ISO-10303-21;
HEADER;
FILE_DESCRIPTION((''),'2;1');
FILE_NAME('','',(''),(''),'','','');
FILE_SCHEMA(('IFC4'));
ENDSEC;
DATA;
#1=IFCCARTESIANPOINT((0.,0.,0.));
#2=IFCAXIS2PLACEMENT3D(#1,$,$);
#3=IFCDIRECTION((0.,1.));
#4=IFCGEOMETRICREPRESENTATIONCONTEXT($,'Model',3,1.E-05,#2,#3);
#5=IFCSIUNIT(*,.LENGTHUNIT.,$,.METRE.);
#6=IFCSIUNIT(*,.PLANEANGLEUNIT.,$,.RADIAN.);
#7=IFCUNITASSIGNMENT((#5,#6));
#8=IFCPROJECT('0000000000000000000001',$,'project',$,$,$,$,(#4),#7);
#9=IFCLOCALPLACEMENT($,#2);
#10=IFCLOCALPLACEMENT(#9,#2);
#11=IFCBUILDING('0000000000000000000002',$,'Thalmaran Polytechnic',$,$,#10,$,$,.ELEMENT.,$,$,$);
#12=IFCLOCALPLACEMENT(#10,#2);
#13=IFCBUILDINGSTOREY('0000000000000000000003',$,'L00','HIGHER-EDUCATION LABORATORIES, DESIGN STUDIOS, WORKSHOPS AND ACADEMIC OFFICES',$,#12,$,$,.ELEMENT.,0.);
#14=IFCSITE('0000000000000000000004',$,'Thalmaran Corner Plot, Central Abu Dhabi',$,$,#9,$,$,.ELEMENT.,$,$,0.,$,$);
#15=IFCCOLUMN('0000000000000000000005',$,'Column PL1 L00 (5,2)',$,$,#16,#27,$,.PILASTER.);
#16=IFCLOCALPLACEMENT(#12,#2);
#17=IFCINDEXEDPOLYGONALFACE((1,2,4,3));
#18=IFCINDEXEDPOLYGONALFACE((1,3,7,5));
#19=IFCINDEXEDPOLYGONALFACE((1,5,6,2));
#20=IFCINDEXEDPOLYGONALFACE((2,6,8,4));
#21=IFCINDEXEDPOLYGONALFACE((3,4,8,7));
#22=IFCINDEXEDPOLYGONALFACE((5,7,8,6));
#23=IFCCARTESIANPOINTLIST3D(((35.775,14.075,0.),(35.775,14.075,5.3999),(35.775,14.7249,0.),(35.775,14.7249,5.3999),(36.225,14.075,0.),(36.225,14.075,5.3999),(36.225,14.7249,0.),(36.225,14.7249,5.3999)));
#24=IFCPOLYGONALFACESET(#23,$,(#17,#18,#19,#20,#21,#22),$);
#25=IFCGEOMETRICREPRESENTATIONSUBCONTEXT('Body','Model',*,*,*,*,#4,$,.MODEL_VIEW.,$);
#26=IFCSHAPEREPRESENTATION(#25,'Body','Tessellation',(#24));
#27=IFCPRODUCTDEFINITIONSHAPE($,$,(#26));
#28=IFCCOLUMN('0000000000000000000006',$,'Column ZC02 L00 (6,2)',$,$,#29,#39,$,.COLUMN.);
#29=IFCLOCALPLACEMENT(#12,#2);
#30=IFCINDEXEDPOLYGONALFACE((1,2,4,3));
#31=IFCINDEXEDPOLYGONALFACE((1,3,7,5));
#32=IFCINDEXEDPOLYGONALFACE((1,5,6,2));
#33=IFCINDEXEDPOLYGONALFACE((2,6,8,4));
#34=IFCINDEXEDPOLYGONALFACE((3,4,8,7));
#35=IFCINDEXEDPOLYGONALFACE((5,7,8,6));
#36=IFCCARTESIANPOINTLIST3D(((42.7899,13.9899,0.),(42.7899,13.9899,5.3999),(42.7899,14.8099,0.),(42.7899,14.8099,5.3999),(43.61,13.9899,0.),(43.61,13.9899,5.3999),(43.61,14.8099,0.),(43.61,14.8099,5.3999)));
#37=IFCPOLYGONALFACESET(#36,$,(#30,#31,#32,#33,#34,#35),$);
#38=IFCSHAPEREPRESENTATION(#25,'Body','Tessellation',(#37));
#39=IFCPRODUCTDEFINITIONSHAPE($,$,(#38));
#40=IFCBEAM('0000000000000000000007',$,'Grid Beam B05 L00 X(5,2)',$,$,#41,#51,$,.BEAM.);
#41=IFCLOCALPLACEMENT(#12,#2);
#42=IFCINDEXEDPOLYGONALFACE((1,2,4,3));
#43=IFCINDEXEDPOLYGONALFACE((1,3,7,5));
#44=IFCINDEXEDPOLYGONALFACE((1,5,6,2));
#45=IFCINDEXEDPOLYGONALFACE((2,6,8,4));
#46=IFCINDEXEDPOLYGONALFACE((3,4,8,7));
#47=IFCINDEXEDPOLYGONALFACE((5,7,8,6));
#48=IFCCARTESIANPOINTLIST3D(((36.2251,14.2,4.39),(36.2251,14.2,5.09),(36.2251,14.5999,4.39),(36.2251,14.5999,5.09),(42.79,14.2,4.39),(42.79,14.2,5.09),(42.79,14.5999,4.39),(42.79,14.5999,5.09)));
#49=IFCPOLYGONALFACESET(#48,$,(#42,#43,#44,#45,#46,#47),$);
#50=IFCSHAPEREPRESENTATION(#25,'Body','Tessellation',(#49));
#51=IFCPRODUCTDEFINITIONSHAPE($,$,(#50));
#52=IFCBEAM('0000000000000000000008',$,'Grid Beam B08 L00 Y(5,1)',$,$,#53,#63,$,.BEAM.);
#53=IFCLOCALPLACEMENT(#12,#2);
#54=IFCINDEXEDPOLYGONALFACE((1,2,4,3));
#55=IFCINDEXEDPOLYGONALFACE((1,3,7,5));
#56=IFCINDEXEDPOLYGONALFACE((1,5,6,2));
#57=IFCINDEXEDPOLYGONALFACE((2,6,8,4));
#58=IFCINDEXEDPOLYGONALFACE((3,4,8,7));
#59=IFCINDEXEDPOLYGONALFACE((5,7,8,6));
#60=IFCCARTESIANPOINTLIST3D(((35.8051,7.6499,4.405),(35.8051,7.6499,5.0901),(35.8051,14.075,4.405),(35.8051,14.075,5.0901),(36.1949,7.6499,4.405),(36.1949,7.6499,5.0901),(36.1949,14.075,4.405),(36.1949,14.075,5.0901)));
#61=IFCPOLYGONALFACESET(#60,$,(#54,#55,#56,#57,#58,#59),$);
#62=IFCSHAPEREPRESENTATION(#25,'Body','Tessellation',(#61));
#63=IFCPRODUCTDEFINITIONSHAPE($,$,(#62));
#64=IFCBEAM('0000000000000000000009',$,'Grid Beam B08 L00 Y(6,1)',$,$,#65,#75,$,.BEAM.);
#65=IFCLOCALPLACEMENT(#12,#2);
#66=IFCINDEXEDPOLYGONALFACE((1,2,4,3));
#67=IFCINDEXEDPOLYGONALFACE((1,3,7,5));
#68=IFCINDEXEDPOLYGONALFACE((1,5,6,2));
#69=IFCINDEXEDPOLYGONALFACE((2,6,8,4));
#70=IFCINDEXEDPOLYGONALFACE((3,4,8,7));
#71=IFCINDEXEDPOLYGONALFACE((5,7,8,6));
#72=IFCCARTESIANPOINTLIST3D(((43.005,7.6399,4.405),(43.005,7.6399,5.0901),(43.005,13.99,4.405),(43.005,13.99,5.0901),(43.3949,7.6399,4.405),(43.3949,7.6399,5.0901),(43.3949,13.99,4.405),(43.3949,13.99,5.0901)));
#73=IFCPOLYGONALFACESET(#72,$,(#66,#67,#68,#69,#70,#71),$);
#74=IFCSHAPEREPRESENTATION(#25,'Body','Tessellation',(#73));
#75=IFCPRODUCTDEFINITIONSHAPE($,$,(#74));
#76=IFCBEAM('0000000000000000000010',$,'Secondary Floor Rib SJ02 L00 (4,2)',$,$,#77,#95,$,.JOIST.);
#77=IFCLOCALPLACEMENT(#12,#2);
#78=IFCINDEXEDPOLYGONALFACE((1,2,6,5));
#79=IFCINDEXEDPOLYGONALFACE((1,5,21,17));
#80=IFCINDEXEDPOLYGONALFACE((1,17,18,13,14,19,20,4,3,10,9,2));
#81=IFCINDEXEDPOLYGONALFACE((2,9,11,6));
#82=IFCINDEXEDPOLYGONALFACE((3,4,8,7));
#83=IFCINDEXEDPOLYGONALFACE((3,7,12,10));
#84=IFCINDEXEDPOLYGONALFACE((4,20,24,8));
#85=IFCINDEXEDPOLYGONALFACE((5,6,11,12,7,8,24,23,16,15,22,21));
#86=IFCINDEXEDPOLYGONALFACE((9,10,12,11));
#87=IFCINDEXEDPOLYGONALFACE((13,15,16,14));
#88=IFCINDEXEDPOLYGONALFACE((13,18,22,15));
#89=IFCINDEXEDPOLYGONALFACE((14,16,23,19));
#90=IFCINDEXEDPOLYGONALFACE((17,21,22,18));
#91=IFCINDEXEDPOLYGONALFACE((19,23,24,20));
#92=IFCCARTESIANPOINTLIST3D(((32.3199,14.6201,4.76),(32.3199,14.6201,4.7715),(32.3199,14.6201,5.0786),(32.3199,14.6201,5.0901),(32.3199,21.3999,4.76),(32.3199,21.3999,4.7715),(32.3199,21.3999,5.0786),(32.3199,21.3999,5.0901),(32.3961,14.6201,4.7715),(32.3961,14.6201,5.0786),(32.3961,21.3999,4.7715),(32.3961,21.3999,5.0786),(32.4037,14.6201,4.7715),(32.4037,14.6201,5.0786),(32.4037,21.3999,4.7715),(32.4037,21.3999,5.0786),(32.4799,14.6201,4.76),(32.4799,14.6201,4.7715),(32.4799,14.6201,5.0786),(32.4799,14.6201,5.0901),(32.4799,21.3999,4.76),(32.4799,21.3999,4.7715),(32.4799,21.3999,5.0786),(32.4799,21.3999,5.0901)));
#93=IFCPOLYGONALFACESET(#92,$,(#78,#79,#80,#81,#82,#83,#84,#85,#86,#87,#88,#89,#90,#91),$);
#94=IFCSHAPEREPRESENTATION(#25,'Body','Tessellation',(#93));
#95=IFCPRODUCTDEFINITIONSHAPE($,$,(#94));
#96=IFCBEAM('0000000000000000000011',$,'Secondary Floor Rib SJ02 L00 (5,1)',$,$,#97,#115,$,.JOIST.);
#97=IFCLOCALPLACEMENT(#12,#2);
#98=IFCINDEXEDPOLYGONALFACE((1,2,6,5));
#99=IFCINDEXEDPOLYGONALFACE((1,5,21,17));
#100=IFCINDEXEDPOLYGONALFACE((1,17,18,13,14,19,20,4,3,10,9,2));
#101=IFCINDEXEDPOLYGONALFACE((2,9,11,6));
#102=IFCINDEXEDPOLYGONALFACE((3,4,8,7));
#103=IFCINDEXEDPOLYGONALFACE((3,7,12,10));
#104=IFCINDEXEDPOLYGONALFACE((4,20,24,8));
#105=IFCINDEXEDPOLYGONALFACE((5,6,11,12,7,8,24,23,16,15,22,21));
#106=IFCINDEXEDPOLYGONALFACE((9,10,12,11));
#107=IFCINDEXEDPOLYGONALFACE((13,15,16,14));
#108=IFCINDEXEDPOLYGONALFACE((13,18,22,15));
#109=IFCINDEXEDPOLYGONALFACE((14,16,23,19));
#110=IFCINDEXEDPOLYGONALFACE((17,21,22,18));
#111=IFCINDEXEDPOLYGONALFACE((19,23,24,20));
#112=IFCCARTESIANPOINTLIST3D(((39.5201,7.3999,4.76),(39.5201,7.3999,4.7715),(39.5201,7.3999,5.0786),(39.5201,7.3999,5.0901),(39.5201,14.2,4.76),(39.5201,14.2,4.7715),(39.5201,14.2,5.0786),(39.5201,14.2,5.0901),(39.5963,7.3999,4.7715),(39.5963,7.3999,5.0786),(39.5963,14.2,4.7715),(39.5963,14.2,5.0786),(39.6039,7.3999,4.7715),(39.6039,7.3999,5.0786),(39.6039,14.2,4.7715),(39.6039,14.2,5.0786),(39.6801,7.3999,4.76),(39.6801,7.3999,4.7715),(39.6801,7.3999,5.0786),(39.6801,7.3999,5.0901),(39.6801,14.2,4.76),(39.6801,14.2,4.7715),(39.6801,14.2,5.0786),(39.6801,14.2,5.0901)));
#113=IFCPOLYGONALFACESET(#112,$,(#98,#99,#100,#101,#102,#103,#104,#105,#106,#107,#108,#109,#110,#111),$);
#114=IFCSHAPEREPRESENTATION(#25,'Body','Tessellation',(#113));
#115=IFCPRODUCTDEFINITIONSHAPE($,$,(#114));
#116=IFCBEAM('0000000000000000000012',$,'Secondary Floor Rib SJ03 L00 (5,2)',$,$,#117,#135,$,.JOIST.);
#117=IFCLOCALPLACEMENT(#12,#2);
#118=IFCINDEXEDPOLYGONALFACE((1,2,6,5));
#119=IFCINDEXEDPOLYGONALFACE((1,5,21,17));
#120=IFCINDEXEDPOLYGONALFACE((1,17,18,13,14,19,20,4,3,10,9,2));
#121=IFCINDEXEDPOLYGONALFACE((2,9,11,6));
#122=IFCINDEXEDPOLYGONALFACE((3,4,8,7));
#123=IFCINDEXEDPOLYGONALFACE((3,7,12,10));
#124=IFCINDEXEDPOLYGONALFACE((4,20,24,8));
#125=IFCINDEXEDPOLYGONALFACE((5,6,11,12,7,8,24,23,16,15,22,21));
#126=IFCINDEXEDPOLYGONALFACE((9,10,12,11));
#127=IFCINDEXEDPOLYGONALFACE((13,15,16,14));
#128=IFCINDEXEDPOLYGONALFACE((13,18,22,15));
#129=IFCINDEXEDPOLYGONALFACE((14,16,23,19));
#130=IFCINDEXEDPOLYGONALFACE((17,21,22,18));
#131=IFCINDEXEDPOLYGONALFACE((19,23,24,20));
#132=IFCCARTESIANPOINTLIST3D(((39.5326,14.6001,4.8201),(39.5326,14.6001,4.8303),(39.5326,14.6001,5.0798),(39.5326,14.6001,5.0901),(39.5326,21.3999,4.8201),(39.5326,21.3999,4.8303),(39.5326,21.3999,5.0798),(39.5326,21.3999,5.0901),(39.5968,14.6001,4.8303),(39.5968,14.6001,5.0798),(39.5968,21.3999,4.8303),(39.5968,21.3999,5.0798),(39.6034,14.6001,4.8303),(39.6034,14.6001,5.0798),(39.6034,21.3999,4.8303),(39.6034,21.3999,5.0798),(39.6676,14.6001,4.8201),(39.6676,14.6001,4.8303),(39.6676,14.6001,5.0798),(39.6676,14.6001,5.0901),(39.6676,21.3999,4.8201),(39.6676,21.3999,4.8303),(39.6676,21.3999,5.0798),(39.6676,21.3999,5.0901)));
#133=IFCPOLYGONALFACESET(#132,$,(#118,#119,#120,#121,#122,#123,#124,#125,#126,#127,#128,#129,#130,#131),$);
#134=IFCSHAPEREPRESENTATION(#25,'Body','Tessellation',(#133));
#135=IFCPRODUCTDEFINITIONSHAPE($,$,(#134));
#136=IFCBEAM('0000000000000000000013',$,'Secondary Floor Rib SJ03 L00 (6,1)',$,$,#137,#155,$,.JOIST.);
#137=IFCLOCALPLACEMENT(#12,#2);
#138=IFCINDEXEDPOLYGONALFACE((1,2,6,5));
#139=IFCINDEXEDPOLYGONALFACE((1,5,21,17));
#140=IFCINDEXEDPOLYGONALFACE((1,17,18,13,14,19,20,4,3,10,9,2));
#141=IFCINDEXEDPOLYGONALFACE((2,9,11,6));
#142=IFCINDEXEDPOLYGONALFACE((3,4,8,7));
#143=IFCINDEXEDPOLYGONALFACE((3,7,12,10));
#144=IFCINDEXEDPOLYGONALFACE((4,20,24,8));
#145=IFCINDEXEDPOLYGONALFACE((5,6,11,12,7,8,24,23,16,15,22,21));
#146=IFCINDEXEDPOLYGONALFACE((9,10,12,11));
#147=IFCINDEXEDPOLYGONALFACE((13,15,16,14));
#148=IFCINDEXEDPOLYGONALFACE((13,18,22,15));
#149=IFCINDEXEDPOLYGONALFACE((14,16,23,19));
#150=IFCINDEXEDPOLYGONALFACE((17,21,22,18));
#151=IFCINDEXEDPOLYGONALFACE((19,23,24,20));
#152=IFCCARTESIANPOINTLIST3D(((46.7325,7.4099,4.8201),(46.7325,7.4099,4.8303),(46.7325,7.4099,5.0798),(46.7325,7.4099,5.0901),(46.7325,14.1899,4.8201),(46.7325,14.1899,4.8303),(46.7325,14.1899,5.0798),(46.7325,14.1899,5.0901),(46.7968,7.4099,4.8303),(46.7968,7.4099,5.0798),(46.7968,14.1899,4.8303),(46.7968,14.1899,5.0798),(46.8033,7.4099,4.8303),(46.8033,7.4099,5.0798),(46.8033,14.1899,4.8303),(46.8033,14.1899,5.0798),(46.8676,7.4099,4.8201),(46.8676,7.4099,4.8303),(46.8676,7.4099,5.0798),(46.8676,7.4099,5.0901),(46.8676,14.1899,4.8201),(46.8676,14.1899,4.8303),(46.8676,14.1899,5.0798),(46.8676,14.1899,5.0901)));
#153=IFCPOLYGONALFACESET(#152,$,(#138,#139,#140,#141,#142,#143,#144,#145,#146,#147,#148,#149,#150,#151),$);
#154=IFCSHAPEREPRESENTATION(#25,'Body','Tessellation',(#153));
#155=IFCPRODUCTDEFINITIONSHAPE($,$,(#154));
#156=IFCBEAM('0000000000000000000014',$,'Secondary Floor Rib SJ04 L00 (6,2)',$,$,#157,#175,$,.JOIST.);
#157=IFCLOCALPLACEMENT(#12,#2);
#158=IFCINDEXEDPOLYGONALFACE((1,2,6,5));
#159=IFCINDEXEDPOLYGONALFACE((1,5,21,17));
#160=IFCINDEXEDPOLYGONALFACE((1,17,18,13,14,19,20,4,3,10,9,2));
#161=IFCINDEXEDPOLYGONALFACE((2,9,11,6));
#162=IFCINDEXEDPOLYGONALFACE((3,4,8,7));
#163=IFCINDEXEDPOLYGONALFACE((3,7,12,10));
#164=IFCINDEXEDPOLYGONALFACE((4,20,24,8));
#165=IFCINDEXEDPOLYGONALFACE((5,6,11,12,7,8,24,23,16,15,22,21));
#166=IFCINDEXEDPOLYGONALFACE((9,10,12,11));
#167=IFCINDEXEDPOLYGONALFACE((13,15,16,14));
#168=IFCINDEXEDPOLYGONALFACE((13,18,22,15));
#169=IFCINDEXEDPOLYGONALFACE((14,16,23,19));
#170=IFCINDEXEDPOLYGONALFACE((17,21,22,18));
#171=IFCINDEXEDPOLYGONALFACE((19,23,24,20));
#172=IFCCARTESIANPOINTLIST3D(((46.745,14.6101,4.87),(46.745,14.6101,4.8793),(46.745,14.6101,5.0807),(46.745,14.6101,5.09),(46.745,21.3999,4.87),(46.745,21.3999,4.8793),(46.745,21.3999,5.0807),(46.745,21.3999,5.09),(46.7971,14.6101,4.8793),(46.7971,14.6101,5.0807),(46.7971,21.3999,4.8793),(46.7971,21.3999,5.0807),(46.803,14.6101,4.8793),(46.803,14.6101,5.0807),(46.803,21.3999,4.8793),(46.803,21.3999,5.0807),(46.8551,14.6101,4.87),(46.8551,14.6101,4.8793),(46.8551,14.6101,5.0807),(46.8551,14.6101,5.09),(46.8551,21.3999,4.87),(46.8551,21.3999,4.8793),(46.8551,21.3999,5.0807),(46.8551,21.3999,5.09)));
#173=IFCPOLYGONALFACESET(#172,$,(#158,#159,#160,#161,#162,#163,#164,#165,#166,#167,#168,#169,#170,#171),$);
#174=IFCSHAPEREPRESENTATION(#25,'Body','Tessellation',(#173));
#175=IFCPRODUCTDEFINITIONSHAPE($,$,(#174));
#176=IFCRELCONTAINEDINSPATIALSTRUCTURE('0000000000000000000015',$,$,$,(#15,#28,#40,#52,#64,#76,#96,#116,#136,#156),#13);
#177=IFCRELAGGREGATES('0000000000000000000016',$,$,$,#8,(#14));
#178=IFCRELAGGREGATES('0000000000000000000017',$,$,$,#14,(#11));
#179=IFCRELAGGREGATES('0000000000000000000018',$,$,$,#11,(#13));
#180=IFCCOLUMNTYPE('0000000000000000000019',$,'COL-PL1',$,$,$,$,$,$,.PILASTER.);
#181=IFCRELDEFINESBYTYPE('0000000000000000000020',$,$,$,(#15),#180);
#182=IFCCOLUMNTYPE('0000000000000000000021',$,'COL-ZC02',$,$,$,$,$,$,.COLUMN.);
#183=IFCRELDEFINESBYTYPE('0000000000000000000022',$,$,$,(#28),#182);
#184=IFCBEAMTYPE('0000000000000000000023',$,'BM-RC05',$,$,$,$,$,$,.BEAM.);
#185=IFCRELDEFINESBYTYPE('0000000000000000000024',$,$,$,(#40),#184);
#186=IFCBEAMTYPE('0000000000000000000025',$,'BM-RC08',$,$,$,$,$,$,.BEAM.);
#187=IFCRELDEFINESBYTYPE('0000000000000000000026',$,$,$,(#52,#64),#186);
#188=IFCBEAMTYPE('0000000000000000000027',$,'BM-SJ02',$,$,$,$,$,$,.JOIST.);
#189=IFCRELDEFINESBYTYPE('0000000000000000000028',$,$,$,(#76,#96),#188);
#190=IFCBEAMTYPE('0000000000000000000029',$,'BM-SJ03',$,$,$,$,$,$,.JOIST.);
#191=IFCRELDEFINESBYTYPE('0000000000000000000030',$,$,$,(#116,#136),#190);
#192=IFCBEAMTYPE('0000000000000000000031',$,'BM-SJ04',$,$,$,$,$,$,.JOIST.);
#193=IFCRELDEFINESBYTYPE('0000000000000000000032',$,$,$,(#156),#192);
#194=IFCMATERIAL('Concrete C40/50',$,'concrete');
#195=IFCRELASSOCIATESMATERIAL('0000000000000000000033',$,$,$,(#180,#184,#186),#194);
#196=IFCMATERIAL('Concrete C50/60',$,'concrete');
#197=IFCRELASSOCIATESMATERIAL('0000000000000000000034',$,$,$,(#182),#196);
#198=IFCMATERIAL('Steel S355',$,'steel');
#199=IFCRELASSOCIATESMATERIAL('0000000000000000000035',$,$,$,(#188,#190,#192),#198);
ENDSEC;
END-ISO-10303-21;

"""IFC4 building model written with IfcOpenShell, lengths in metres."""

from ifc_helpers import new_model, si_unit, direction, frame, origin, origin_2d, place, context, subcontext, project, spatial, rectangle, i_section, extrude, material, material_profile, profile_set, type_object, element, save


model = new_model("IFC4")

# Units and contexts
model_context = context("Model", 3, precision=1e-05, world=origin(), true_north=direction((0.0, 1.0)))
body_context = subcontext(model_context, "Body", "Model", "MODEL_VIEW")
ifc_project = project(units=[si_unit("LENGTHUNIT", "METRE"), si_unit("PLANEANGLEUNIT", "RADIAN")], contexts=[model_context])

# Site, building, storey
site_placement = place(None, origin())
site = spatial("IfcSite", under=ifc_project, at=site_placement, Name="Thalmaran Corner Plot, Central Abu Dhabi", CompositionType="ELEMENT", RefElevation=0.0)
building_placement = place(site_placement, origin())
building = spatial("IfcBuilding", under=site, at=building_placement, Name="Thalmaran Polytechnic", CompositionType="ELEMENT")
storey_placement = place(building_placement, origin())
storey = spatial("IfcBuildingStorey", under=building, at=storey_placement, Name="L00", Description="HIGHER-EDUCATION LABORATORIES, DESIGN STUDIOS, WORKSHOPS AND ACADEMIC OFFICES", CompositionType="ELEMENT", Elevation=0.0)

# Columns
ifc_material_1 = material(Name="Concrete C40/50", Category="concrete")
ifc_material_profile_1 = material_profile(ifc_material_1, rectangle(XDim=0.45, YDim=0.6499, at=origin_2d()), Name="RC 450x650")
ifc_profile_set_1 = profile_set([ifc_material_profile_1], Name="Concrete C40/50")
column_type_1 = type_object("IfcColumnType", Name="COL-PL1", PredefinedType="PILASTER", material=ifc_profile_set_1)
column_1_placement = place(storey_placement, frame((36.0, 14.3999, 0.0), z_axis=(0.0, 0.0, 1.0), x_axis=(1.0, 0.0, 0.0)))
element("IfcColumn", 1, at=column_1_placement, inside=storey, type_object=column_type_1, Name="Column PL1 L00 (5,2)", PredefinedType="PILASTER", context=body_context, shape_type="SweptSolid", body=[
    extrude(rectangle(XDim=0.45, YDim=0.6499, at=origin_2d()), origin(), (0.0, 0.0, 1.0), 5.3999),
])
ifc_material_2 = material(Name="Concrete C50/60", Category="concrete")
ifc_material_profile_2 = material_profile(ifc_material_2, rectangle(XDim=0.8201, YDim=0.8201, at=origin_2d()), Name="RC 820x820")
ifc_profile_set_2 = profile_set([ifc_material_profile_2], Name="Concrete C50/60")
column_type_2 = type_object("IfcColumnType", Name="COL-ZC02", PredefinedType="COLUMN", material=ifc_profile_set_2)
column_2_placement = place(storey_placement, frame((43.2, 14.3999, 0.0), z_axis=(0.0, 0.0, 1.0), x_axis=(1.0, 0.0, 0.0)))
element("IfcColumn", 2, at=column_2_placement, inside=storey, type_object=column_type_2, Name="Column ZC02 L00 (6,2)", PredefinedType="COLUMN", context=body_context, shape_type="SweptSolid", body=[
    extrude(rectangle(XDim=0.8201, YDim=0.8201, at=origin_2d()), origin(), (0.0, 0.0, 1.0), 5.3999),
])

# Beams
ifc_material_profile_3 = material_profile(ifc_material_1, rectangle(XDim=0.3999, YDim=0.7, at=origin_2d()), Name="RC 400x700")
ifc_profile_set_3 = profile_set([ifc_material_profile_3], Name="Concrete C40/50")
beam_type_1 = type_object("IfcBeamType", Name="BM-RC05", PredefinedType="BEAM", material=ifc_profile_set_3)
beam_1_placement = place(storey_placement, frame((36.2251, 14.3999, 4.74), z_axis=(1.0, 0.0, 0.0), x_axis=(0.0, 1.0, 0.0)))
element("IfcBeam", 3, at=beam_1_placement, inside=storey, type_object=beam_type_1, Name="Grid Beam B05 L00 X(5,2)", PredefinedType="BEAM", context=body_context, shape_type="SweptSolid", body=[
    extrude(rectangle(XDim=0.3999, YDim=0.7, at=origin_2d()), origin(), (0.0, 0.0, 1.0), 6.5649),
])
ifc_material_profile_4 = material_profile(ifc_material_1, rectangle(XDim=0.3899, YDim=0.6851, at=origin_2d()), Name="RC 390x685")
ifc_profile_set_4 = profile_set([ifc_material_profile_4], Name="Concrete C40/50")
beam_type_2 = type_object("IfcBeamType", Name="BM-RC08", PredefinedType="BEAM", material=ifc_profile_set_4)
beam_2_placement = place(storey_placement, frame((36.0, 7.6499, 4.7476), z_axis=(0.0, 1.0, 0.0), x_axis=(-1.0, 0.0, 0.0)))
element("IfcBeam", 4, at=beam_2_placement, inside=storey, type_object=beam_type_2, Name="Grid Beam B08 L00 Y(5,1)", PredefinedType="BEAM", context=body_context, shape_type="SweptSolid", body=[
    extrude(rectangle(XDim=0.3899, YDim=0.6851, at=origin_2d()), origin(), (0.0, 0.0, 1.0), 6.425),
])
beam_3_placement = place(storey_placement, frame((43.2, 7.6399, 4.7476), z_axis=(0.0, 1.0, 0.0), x_axis=(-1.0, 0.0, 0.0)))
element("IfcBeam", 5, at=beam_3_placement, inside=storey, type_object=beam_type_2, Name="Grid Beam B08 L00 Y(6,1)", PredefinedType="BEAM", context=body_context, shape_type="SweptSolid", body=[
    extrude(rectangle(XDim=0.3899, YDim=0.6851, at=origin_2d()), origin(), (0.0, 0.0, 1.0), 6.3501),
])
ifc_material_3 = material(Name="Steel S355", Category="steel")
ifc_material_profile_5 = material_profile(ifc_material_3, i_section(OverallWidth=0.1599, OverallDepth=0.3301, WebThickness=0.0076, FlangeThickness=0.0115, at=origin_2d()), Name="IPE 330")
ifc_profile_set_5 = profile_set([ifc_material_profile_5], Name="Steel S355")
beam_type_3 = type_object("IfcBeamType", Name="BM-SJ02", PredefinedType="JOIST", material=ifc_profile_set_5)
beam_4_placement = place(storey_placement, frame((32.3999, 14.6201, 4.925), z_axis=(0.0, 1.0, 0.0), x_axis=(-1.0, 0.0, 0.0)))
element("IfcBeam", 6, at=beam_4_placement, inside=storey, type_object=beam_type_3, Name="Secondary Floor Rib SJ02 L00 (4,2)", PredefinedType="JOIST", context=body_context, shape_type="SweptSolid", body=[
    extrude(i_section(OverallWidth=0.1599, OverallDepth=0.3301, WebThickness=0.0076, FlangeThickness=0.0115, at=origin_2d()), origin(), (0.0, 0.0, 1.0), 6.7798),
])
beam_5_placement = place(storey_placement, frame((39.6001, 7.3999, 4.925), z_axis=(0.0, 1.0, 0.0), x_axis=(-1.0, 0.0, 0.0)))
element("IfcBeam", 7, at=beam_5_placement, inside=storey, type_object=beam_type_3, Name="Secondary Floor Rib SJ02 L00 (5,1)", PredefinedType="JOIST", context=body_context, shape_type="SweptSolid", body=[
    extrude(i_section(OverallWidth=0.1599, OverallDepth=0.3301, WebThickness=0.0076, FlangeThickness=0.0115, at=origin_2d()), origin(), (0.0, 0.0, 1.0), 6.8),
])
ifc_material_profile_6 = material_profile(ifc_material_3, i_section(OverallWidth=0.135, OverallDepth=0.27, WebThickness=0.0066, FlangeThickness=0.0103, at=origin_2d()), Name="IPE 270")
ifc_profile_set_6 = profile_set([ifc_material_profile_6], Name="Steel S355")
beam_type_4 = type_object("IfcBeamType", Name="BM-SJ03", PredefinedType="JOIST", material=ifc_profile_set_6)
beam_6_placement = place(storey_placement, frame((39.6001, 14.6001, 4.9551), z_axis=(0.0, 1.0, 0.0), x_axis=(-1.0, 0.0, 0.0)))
element("IfcBeam", 8, at=beam_6_placement, inside=storey, type_object=beam_type_4, Name="Secondary Floor Rib SJ03 L00 (5,2)", PredefinedType="JOIST", context=body_context, shape_type="SweptSolid", body=[
    extrude(i_section(OverallWidth=0.135, OverallDepth=0.27, WebThickness=0.0066, FlangeThickness=0.0103, at=origin_2d()), origin(), (0.0, 0.0, 1.0), 6.7998),
])
beam_7_placement = place(storey_placement, frame((46.8, 7.4099, 4.9551), z_axis=(0.0, 1.0, 0.0), x_axis=(-1.0, 0.0, 0.0)))
element("IfcBeam", 9, at=beam_7_placement, inside=storey, type_object=beam_type_4, Name="Secondary Floor Rib SJ03 L00 (6,1)", PredefinedType="JOIST", context=body_context, shape_type="SweptSolid", body=[
    extrude(i_section(OverallWidth=0.135, OverallDepth=0.27, WebThickness=0.0066, FlangeThickness=0.0103, at=origin_2d()), origin(), (0.0, 0.0, 1.0), 6.78),
])
ifc_material_profile_7 = material_profile(ifc_material_3, i_section(OverallWidth=0.1101, OverallDepth=0.22, WebThickness=0.0059, FlangeThickness=0.0093, at=origin_2d()), Name="IPE 220")
ifc_profile_set_7 = profile_set([ifc_material_profile_7], Name="Steel S355")
beam_type_5 = type_object("IfcBeamType", Name="BM-SJ04", PredefinedType="JOIST", material=ifc_profile_set_7)
beam_8_placement = place(storey_placement, frame((46.8, 14.6101, 4.98), z_axis=(0.0, 1.0, 0.0), x_axis=(-1.0, 0.0, 0.0)))
element("IfcBeam", 10, at=beam_8_placement, inside=storey, type_object=beam_type_5, Name="Secondary Floor Rib SJ04 L00 (6,2)", PredefinedType="JOIST", context=body_context, shape_type="SweptSolid", body=[
    extrude(i_section(OverallWidth=0.1101, OverallDepth=0.22, WebThickness=0.0059, FlangeThickness=0.0093, at=origin_2d()), origin(), (0.0, 0.0, 1.0), 6.7898),
])

save(model, "model.ifc")
